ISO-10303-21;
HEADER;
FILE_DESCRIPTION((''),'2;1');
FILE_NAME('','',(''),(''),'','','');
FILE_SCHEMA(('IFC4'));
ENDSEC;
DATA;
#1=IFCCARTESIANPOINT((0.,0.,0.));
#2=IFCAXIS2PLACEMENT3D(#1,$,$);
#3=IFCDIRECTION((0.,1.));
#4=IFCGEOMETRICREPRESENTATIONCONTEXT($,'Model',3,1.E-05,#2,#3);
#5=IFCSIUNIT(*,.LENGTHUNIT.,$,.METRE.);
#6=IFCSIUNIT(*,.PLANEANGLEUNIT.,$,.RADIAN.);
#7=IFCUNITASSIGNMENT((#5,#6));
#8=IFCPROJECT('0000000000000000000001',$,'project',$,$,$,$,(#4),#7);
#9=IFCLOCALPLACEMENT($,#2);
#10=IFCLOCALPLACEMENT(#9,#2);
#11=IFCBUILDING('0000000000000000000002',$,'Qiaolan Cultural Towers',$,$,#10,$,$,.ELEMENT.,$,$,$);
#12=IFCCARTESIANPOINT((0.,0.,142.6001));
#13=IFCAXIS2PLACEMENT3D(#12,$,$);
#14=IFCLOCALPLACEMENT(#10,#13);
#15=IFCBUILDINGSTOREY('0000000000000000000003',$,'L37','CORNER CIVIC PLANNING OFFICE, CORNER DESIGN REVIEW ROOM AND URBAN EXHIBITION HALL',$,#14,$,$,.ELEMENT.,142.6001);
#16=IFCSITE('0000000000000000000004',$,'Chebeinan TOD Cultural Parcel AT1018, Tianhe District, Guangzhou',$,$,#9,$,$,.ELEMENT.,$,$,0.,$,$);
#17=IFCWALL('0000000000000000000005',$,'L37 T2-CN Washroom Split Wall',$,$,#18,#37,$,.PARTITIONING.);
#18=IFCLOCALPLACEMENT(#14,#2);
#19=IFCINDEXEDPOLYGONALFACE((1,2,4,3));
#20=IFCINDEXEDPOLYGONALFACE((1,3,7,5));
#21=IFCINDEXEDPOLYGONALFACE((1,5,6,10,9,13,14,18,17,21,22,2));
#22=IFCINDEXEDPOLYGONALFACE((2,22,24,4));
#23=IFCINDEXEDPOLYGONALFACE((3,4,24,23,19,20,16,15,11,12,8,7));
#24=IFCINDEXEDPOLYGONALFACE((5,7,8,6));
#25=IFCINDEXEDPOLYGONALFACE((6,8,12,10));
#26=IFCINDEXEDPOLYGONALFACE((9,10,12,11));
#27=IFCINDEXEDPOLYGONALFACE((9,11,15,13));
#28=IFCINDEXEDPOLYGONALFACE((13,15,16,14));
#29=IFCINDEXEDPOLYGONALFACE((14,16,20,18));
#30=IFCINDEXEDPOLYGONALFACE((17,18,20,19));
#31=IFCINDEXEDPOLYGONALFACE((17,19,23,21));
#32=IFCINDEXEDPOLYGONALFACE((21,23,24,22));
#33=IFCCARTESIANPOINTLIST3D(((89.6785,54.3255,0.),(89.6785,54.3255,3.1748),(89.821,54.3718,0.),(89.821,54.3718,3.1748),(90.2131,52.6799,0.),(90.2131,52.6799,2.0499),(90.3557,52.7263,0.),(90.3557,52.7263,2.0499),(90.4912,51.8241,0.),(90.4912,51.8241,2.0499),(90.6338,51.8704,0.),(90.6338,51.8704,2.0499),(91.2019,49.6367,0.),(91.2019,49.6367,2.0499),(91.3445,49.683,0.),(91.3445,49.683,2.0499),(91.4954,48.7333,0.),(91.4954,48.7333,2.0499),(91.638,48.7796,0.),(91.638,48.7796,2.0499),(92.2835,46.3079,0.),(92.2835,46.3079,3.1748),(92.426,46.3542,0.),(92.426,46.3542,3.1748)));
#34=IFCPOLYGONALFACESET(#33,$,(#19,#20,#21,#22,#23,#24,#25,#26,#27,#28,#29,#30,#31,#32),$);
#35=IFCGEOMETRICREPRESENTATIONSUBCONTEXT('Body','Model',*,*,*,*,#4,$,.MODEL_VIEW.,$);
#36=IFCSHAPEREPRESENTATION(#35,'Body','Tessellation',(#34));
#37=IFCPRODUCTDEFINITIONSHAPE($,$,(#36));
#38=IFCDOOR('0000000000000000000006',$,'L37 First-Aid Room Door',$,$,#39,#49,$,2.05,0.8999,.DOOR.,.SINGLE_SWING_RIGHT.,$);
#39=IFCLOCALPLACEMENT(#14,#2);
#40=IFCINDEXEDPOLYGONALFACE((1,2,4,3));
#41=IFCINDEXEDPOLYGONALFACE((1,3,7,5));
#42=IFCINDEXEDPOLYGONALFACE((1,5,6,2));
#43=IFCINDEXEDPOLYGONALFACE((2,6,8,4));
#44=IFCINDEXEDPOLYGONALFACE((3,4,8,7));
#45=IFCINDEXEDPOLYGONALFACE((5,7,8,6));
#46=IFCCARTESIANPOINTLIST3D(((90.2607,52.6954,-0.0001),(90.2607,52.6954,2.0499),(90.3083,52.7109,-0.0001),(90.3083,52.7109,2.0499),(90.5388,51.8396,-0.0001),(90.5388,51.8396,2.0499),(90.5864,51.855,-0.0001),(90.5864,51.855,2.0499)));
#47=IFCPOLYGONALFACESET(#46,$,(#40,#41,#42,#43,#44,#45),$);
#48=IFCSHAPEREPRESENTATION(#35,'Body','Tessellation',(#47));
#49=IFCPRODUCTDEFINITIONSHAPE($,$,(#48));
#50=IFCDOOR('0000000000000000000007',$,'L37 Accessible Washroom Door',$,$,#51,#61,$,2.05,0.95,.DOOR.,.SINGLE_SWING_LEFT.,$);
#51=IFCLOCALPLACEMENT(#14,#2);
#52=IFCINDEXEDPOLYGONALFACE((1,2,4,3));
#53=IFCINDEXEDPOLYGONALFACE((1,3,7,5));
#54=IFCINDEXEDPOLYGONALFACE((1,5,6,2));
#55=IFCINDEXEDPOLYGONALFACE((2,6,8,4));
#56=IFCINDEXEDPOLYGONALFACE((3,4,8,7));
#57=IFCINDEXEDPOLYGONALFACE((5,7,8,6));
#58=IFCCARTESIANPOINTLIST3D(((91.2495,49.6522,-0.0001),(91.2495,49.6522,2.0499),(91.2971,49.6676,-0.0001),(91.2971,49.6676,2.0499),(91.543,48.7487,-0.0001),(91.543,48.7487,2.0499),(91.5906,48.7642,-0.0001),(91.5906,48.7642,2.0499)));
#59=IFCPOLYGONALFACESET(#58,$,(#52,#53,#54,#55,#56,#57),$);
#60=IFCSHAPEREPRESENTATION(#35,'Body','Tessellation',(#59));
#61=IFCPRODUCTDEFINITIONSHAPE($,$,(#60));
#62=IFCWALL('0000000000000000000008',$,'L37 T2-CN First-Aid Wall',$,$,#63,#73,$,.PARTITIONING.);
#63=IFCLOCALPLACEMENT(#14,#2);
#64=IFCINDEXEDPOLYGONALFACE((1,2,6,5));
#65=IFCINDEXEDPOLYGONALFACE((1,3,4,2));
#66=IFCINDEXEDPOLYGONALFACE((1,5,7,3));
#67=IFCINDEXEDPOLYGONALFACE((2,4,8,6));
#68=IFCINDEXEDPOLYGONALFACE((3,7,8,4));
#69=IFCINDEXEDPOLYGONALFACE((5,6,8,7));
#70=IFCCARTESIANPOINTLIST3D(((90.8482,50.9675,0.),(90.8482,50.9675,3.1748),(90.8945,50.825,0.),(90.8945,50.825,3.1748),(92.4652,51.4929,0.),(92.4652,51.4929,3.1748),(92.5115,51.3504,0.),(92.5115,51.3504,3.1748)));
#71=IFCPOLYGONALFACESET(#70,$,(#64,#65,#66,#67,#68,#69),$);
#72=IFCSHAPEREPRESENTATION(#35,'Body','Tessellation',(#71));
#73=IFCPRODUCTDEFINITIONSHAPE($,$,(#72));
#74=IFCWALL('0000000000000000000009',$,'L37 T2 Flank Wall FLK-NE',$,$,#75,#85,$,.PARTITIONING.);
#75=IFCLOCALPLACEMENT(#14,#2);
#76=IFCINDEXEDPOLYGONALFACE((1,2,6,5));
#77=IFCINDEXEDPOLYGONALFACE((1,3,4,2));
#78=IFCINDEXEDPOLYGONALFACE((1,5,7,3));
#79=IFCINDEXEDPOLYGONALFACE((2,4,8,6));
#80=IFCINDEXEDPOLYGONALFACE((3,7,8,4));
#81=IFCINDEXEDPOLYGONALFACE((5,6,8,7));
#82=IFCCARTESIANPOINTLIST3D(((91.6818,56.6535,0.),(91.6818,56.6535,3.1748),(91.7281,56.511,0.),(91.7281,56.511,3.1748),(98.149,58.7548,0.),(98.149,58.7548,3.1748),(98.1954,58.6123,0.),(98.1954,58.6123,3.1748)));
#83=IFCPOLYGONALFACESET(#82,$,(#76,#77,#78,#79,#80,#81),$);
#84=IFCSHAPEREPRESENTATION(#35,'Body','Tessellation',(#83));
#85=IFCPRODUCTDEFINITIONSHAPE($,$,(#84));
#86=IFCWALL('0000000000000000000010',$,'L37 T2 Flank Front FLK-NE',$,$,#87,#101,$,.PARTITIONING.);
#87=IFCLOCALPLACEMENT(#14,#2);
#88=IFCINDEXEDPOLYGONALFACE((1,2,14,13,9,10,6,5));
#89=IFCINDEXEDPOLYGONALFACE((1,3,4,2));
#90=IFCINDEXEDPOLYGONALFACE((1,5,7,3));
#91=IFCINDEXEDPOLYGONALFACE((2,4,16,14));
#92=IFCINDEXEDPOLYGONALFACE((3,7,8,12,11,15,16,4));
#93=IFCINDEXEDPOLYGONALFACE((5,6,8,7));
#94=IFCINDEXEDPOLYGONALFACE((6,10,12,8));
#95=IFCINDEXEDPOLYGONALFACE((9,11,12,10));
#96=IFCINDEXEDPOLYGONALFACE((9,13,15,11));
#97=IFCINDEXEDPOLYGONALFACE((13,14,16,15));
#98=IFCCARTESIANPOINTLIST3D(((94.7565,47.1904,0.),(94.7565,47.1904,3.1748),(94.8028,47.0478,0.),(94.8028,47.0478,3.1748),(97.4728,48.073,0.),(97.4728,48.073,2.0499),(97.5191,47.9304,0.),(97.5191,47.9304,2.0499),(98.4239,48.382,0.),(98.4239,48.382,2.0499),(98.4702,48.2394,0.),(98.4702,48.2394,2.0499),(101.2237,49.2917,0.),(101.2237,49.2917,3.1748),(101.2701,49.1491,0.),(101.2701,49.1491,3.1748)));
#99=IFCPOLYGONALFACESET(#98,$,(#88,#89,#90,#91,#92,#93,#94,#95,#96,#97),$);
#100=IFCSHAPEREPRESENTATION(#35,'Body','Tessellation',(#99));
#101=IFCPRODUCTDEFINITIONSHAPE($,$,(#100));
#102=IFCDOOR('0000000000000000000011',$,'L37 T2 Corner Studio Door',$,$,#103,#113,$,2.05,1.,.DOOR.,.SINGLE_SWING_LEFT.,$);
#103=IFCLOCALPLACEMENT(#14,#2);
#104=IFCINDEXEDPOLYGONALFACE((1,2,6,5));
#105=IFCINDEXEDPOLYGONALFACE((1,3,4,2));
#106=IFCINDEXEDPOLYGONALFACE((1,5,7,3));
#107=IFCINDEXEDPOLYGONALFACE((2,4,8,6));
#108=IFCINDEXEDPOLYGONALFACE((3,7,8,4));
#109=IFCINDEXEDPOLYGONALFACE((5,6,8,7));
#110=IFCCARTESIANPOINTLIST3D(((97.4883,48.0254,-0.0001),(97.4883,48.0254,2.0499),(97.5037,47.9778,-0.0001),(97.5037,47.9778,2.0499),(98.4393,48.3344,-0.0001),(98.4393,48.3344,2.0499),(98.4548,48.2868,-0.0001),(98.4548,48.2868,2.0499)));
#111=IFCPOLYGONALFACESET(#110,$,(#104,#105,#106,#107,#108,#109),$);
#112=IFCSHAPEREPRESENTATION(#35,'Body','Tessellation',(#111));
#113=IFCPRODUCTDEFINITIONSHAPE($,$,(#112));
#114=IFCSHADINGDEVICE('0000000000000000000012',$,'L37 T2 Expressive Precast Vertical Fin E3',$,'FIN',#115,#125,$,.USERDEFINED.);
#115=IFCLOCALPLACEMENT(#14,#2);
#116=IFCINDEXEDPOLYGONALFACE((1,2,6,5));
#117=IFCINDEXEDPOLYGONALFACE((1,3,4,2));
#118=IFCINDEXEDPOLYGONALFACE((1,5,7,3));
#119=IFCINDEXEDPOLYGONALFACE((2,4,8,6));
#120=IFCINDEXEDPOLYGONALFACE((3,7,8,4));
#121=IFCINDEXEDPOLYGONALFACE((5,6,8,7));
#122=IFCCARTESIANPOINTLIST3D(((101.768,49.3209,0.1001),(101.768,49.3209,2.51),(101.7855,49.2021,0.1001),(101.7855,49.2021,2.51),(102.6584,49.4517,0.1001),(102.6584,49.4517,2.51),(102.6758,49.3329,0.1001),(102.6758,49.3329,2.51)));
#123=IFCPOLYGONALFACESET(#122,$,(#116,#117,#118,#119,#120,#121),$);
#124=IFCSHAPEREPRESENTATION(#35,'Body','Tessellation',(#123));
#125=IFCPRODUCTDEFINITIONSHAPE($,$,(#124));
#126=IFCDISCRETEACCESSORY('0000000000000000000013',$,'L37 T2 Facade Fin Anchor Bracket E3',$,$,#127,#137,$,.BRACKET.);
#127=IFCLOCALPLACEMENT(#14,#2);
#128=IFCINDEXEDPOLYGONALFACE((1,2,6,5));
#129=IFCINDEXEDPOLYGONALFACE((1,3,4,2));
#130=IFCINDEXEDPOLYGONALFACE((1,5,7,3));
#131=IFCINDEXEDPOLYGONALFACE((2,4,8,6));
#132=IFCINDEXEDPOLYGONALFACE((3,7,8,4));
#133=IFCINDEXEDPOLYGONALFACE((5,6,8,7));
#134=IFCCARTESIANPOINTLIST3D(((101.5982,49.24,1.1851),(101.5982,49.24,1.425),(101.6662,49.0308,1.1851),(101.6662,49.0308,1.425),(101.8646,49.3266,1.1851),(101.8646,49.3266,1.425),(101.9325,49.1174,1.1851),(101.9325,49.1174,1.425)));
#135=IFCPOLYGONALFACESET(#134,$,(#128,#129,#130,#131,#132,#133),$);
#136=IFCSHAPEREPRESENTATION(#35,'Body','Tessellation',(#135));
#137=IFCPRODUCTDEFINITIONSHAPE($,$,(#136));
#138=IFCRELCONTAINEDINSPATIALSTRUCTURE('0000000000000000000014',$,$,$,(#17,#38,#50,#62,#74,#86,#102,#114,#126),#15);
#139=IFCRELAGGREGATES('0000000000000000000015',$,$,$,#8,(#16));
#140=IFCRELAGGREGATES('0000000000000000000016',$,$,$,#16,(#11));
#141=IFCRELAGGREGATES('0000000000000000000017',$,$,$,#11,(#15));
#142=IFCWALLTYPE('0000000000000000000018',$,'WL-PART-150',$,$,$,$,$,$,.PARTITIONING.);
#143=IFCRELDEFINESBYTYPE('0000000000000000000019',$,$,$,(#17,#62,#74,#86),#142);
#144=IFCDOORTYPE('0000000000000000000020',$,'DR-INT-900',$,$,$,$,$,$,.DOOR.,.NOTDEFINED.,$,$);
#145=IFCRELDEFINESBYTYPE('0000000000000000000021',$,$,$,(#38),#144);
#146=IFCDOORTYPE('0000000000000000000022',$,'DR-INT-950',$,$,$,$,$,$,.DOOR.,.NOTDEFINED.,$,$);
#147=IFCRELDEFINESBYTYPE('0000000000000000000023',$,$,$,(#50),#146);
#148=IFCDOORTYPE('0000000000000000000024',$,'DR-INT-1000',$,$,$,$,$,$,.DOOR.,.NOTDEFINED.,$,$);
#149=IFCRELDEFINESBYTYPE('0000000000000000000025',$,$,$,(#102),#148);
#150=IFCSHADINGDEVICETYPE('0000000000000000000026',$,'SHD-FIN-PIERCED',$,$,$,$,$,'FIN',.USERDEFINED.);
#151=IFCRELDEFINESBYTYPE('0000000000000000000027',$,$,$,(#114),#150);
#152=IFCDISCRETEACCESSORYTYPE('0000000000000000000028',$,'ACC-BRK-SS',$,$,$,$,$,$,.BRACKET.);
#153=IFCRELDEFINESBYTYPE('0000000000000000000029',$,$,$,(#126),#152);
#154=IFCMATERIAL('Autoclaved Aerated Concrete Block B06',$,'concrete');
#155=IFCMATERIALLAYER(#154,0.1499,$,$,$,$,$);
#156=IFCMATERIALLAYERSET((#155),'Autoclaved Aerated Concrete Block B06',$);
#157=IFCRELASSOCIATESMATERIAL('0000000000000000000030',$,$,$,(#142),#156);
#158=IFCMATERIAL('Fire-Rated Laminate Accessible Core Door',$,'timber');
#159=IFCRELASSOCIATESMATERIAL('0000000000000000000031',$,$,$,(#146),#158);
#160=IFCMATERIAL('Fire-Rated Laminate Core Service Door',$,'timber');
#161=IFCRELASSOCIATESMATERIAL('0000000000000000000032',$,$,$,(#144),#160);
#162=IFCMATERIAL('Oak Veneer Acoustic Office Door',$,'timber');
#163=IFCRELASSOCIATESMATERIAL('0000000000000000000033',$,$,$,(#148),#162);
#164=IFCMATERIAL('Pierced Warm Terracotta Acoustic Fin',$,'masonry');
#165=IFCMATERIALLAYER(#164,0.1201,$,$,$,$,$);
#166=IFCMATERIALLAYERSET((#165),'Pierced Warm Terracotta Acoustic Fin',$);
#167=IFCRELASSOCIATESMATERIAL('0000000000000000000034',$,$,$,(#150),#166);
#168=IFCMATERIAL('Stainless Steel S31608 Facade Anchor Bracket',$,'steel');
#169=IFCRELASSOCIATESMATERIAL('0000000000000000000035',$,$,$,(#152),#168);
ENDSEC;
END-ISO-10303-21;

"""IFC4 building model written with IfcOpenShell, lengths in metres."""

from ifc_helpers import new_model, si_unit, direction, frame, frame_2d, origin, origin_2d, place, context, subcontext, project, spatial, rectangle, extrude, material, layer, layer_set, type_object, element, fill, save


model = new_model("IFC4")

# Units and contexts
model_context = context("Model", 3, precision=1e-05, world=origin(), true_north=direction((0.0, 1.0)))
body_context = subcontext(model_context, "Body", "Model", "MODEL_VIEW")
ifc_project = project(units=[si_unit("LENGTHUNIT", "METRE"), si_unit("PLANEANGLEUNIT", "RADIAN")], contexts=[model_context])

# Site, building, storey
site_placement = place(None, origin())
site = spatial("IfcSite", under=ifc_project, at=site_placement, Name="Chebeinan TOD Cultural Parcel AT1018, Tianhe District, Guangzhou", CompositionType="ELEMENT", RefElevation=0.0)
building_placement = place(site_placement, origin())
building = spatial("IfcBuilding", under=site, at=building_placement, Name="Qiaolan Cultural Towers", CompositionType="ELEMENT")
storey_placement = place(building_placement, frame((0.0, 0.0, 142.6001)))
storey = spatial("IfcBuildingStorey", under=building, at=storey_placement, Name="L37", Description="CORNER CIVIC PLANNING OFFICE, CORNER DESIGN REVIEW ROOM AND URBAN EXHIBITION HALL", CompositionType="ELEMENT", Elevation=142.6001)

# Shared definitions
ifc_material_1 = material(Name="Autoclaved Aerated Concrete Block B06", Category="concrete")
ifc_layer_1 = layer(ifc_material_1, 0.1499)
ifc_layer_set_1 = layer_set([ifc_layer_1], Name="Autoclaved Aerated Concrete Block B06")
wall_type_1 = type_object("IfcWallType", Name="WL-PART-150", PredefinedType="PARTITIONING", material=ifc_layer_set_1)
ifc_material_2 = material(Name="Fire-Rated Laminate Accessible Core Door", Category="timber")
door_type_1 = type_object("IfcDoorType", Name="DR-INT-950", OperationType="NOTDEFINED", PredefinedType="DOOR", material=ifc_material_2)

# Wall, openings, doors
wall_1_placement = place(storey_placement, frame((92.3547, 46.3311, 0.0), z_axis=(0.0, 0.0, 1.0), x_axis=(-0.309007, 0.95106, 0.0)))
wall_1 = element("IfcWall", 1, at=wall_1_placement, inside=storey, type_object=wall_type_1, Name="L37 T2-CN Washroom Split Wall", PredefinedType="PARTITIONING", context=body_context, shape_type="SweptSolid", body=[
    extrude(rectangle(XDim=8.4302, YDim=0.1499, at=frame_2d((4.2151, 0.0))), origin(), (0.0, 0.0, 1.0), 3.1748),
])
opening_1_placement = place(wall_1_placement, frame((2.55, 0.0, 0.0)))
opening_1 = element("IfcOpeningElement", 2, at=opening_1_placement, cuts=wall_1, PredefinedType="OPENING", context=body_context, shape_type="SweptSolid", body=[
    extrude(rectangle(XDim=0.95, YDim=2.05, at=frame_2d((0.4751, 1.0249))), frame((0.0, 0.085, 0.0), z_axis=(0.0, -1.0, 0.0), x_axis=(1.0, 0.0, 0.0)), (0.0, 0.0, 1.0), 0.1699),
])
opening_2_placement = place(wall_1_placement, frame((5.8, 0.0, 0.0)))
opening_2 = element("IfcOpeningElement", 3, at=opening_2_placement, cuts=wall_1, PredefinedType="OPENING", context=body_context, shape_type="SweptSolid", body=[
    extrude(rectangle(XDim=0.8999, YDim=2.05, at=frame_2d((0.45, 1.0249))), frame((0.0, 0.085, 0.0), z_axis=(0.0, -1.0, 0.0), x_axis=(1.0, 0.0, 0.0)), (0.0, 0.0, 1.0), 0.1699),
])
ifc_material_3 = material(Name="Fire-Rated Laminate Core Service Door", Category="timber")
door_type_2 = type_object("IfcDoorType", Name="DR-INT-900", OperationType="NOTDEFINED", PredefinedType="DOOR", material=ifc_material_3)
door_1_placement = place(opening_2_placement, origin())
door_1 = element("IfcDoor", 4, at=door_1_placement, inside=storey, type_object=door_type_2, Name="L37 First-Aid Room Door", OperationType="SINGLE_SWING_RIGHT", OverallHeight=2.05, OverallWidth=0.8999, PredefinedType="DOOR", context=body_context, shape_type="SweptSolid", body=[
    extrude(rectangle(XDim=0.8999, YDim=2.05, at=frame_2d((0.45, 1.0249))), frame((0.0, 0.0249, 0.0), z_axis=(0.0, -1.0, 0.0), x_axis=(1.0, 0.0, 0.0)), (0.0, 0.0, 1.0), 0.05),
])
fill(opening_2, door_1)
door_2_placement = place(opening_1_placement, origin())
door_2 = element("IfcDoor", 5, at=door_2_placement, inside=storey, type_object=door_type_1, Name="L37 Accessible Washroom Door", OperationType="SINGLE_SWING_LEFT", OverallHeight=2.05, OverallWidth=0.95, PredefinedType="DOOR", context=body_context, shape_type="SweptSolid", body=[
    extrude(rectangle(XDim=0.95, YDim=2.05, at=frame_2d((0.4751, 1.0249))), frame((0.0, 0.0249, 0.0), z_axis=(0.0, -1.0, 0.0), x_axis=(1.0, 0.0, 0.0)), (0.0, 0.0, 1.0), 0.05),
])
fill(opening_1, door_2)

# Walls
wall_2_placement = place(storey_placement, frame((90.8713, 50.8962, 0.0), z_axis=(0.0, 0.0, 1.0), x_axis=(0.951054, 0.309024, 0.0)))
element("IfcWall", 6, at=wall_2_placement, inside=storey, type_object=wall_type_1, Name="L37 T2-CN First-Aid Wall", PredefinedType="PARTITIONING", context=body_context, shape_type="SweptSolid", body=[
    extrude(rectangle(XDim=1.7002, YDim=0.1499, at=frame_2d((0.8501, 0.0))), origin(), (0.0, 0.0, 1.0), 3.1748),
])
wall_3_placement = place(storey_placement, frame((91.7051, 56.5823, 0.0), z_axis=(0.0, 0.0, 1.0), x_axis=(0.951058, 0.309013, 0.0)))
element("IfcWall", 7, at=wall_3_placement, inside=storey, type_object=wall_type_1, Name="L37 T2 Flank Wall FLK-NE", PredefinedType="PARTITIONING", context=body_context, shape_type="SweptSolid", body=[
    extrude(rectangle(XDim=6.8, YDim=0.1499, at=frame_2d((3.3999, 0.0))), origin(), (0.0, 0.0, 1.0), 3.1748),
])

# Wall, opening, door
wall_4_placement = place(storey_placement, frame((94.7798, 47.1191, 0.0), z_axis=(0.0, 0.0, 1.0), x_axis=(0.951058, 0.309013, 0.0)))
wall_4 = element("IfcWall", 8, at=wall_4_placement, inside=storey, type_object=wall_type_1, Name="L37 T2 Flank Front FLK-NE", PredefinedType="PARTITIONING", context=body_context, shape_type="SweptSolid", body=[
    extrude(rectangle(XDim=6.8, YDim=0.1499, at=frame_2d((3.3999, 0.0))), origin(), (0.0, 0.0, 1.0), 3.1748),
])
opening_3_placement = place(wall_4_placement, frame((2.856, 0.0, 0.0)))
opening_3 = element("IfcOpeningElement", 9, at=opening_3_placement, cuts=wall_4, PredefinedType="OPENING", context=body_context, shape_type="SweptSolid", body=[
    extrude(rectangle(XDim=1.0, YDim=2.05, at=frame_2d((0.5, 1.0249))), frame((0.0, 0.085, 0.0), z_axis=(0.0, -1.0, 0.0), x_axis=(1.0, 0.0, 0.0)), (0.0, 0.0, 1.0), 0.1699),
])
ifc_material_4 = material(Name="Oak Veneer Acoustic Office Door", Category="timber")
door_type_3 = type_object("IfcDoorType", Name="DR-INT-1000", OperationType="NOTDEFINED", PredefinedType="DOOR", material=ifc_material_4)
door_3_placement = place(opening_3_placement, origin())
door_3 = element("IfcDoor", 10, at=door_3_placement, inside=storey, type_object=door_type_3, Name="L37 T2 Corner Studio Door", OperationType="SINGLE_SWING_LEFT", OverallHeight=2.05, OverallWidth=1.0, PredefinedType="DOOR", context=body_context, shape_type="SweptSolid", body=[
    extrude(rectangle(XDim=1.0, YDim=2.05, at=frame_2d((0.5, 1.0249))), frame((0.0, 0.0249, 0.0), z_axis=(0.0, -1.0, 0.0), x_axis=(1.0, 0.0, 0.0)), (0.0, 0.0, 1.0), 0.05),
])
fill(opening_3, door_3)

# Shading device
ifc_material_5 = material(Name="Pierced Warm Terracotta Acoustic Fin", Category="masonry")
ifc_layer_2 = layer(ifc_material_5, 0.1201)
ifc_layer_set_2 = layer_set([ifc_layer_2], Name="Pierced Warm Terracotta Acoustic Fin")
shading_device_type = type_object("IfcShadingDeviceType", Name="SHD-FIN-PIERCED", ElementType="FIN", PredefinedType="USERDEFINED", material=ifc_layer_set_2)
shading_device_placement = place(storey_placement, frame((102.2219, 49.3269, 0.1001), z_axis=(0.0, 0.0, 1.0), x_axis=(0.989379, 0.145361, 0.0)))
element("IfcShadingDevice", 11, at=shading_device_placement, inside=storey, type_object=shading_device_type, Name="L37 T2 Expressive Precast Vertical Fin E3", ObjectType="FIN", PredefinedType="USERDEFINED", context=body_context, shape_type="SweptSolid", body=[
    extrude(rectangle(XDim=0.8999, YDim=0.1201, at=origin_2d()), origin(), (0.0, 0.0, 1.0), 2.4099),
])

# Discrete accessory
ifc_material_6 = material(Name="Stainless Steel S31608 Facade Anchor Bracket", Category="steel")
discrete_accessory_type = type_object("IfcDiscreteAccessoryType", Name="ACC-BRK-SS", PredefinedType="BRACKET", material=ifc_material_6)
discrete_accessory_placement = place(storey_placement, frame((101.7654, 49.1787, 1.1851), z_axis=(0.0, 0.0, 1.0), x_axis=(0.951057, 0.309017, 0.0)))
element("IfcDiscreteAccessory", 12, at=discrete_accessory_placement, inside=storey, type_object=discrete_accessory_type, Name="L37 T2 Facade Fin Anchor Bracket E3", PredefinedType="BRACKET", context=body_context, shape_type="SweptSolid", body=[
    extrude(rectangle(XDim=0.28, YDim=0.22, at=origin_2d()), origin(), (0.0, 0.0, 1.0), 0.24),
])

save(model, "model.ifc")
